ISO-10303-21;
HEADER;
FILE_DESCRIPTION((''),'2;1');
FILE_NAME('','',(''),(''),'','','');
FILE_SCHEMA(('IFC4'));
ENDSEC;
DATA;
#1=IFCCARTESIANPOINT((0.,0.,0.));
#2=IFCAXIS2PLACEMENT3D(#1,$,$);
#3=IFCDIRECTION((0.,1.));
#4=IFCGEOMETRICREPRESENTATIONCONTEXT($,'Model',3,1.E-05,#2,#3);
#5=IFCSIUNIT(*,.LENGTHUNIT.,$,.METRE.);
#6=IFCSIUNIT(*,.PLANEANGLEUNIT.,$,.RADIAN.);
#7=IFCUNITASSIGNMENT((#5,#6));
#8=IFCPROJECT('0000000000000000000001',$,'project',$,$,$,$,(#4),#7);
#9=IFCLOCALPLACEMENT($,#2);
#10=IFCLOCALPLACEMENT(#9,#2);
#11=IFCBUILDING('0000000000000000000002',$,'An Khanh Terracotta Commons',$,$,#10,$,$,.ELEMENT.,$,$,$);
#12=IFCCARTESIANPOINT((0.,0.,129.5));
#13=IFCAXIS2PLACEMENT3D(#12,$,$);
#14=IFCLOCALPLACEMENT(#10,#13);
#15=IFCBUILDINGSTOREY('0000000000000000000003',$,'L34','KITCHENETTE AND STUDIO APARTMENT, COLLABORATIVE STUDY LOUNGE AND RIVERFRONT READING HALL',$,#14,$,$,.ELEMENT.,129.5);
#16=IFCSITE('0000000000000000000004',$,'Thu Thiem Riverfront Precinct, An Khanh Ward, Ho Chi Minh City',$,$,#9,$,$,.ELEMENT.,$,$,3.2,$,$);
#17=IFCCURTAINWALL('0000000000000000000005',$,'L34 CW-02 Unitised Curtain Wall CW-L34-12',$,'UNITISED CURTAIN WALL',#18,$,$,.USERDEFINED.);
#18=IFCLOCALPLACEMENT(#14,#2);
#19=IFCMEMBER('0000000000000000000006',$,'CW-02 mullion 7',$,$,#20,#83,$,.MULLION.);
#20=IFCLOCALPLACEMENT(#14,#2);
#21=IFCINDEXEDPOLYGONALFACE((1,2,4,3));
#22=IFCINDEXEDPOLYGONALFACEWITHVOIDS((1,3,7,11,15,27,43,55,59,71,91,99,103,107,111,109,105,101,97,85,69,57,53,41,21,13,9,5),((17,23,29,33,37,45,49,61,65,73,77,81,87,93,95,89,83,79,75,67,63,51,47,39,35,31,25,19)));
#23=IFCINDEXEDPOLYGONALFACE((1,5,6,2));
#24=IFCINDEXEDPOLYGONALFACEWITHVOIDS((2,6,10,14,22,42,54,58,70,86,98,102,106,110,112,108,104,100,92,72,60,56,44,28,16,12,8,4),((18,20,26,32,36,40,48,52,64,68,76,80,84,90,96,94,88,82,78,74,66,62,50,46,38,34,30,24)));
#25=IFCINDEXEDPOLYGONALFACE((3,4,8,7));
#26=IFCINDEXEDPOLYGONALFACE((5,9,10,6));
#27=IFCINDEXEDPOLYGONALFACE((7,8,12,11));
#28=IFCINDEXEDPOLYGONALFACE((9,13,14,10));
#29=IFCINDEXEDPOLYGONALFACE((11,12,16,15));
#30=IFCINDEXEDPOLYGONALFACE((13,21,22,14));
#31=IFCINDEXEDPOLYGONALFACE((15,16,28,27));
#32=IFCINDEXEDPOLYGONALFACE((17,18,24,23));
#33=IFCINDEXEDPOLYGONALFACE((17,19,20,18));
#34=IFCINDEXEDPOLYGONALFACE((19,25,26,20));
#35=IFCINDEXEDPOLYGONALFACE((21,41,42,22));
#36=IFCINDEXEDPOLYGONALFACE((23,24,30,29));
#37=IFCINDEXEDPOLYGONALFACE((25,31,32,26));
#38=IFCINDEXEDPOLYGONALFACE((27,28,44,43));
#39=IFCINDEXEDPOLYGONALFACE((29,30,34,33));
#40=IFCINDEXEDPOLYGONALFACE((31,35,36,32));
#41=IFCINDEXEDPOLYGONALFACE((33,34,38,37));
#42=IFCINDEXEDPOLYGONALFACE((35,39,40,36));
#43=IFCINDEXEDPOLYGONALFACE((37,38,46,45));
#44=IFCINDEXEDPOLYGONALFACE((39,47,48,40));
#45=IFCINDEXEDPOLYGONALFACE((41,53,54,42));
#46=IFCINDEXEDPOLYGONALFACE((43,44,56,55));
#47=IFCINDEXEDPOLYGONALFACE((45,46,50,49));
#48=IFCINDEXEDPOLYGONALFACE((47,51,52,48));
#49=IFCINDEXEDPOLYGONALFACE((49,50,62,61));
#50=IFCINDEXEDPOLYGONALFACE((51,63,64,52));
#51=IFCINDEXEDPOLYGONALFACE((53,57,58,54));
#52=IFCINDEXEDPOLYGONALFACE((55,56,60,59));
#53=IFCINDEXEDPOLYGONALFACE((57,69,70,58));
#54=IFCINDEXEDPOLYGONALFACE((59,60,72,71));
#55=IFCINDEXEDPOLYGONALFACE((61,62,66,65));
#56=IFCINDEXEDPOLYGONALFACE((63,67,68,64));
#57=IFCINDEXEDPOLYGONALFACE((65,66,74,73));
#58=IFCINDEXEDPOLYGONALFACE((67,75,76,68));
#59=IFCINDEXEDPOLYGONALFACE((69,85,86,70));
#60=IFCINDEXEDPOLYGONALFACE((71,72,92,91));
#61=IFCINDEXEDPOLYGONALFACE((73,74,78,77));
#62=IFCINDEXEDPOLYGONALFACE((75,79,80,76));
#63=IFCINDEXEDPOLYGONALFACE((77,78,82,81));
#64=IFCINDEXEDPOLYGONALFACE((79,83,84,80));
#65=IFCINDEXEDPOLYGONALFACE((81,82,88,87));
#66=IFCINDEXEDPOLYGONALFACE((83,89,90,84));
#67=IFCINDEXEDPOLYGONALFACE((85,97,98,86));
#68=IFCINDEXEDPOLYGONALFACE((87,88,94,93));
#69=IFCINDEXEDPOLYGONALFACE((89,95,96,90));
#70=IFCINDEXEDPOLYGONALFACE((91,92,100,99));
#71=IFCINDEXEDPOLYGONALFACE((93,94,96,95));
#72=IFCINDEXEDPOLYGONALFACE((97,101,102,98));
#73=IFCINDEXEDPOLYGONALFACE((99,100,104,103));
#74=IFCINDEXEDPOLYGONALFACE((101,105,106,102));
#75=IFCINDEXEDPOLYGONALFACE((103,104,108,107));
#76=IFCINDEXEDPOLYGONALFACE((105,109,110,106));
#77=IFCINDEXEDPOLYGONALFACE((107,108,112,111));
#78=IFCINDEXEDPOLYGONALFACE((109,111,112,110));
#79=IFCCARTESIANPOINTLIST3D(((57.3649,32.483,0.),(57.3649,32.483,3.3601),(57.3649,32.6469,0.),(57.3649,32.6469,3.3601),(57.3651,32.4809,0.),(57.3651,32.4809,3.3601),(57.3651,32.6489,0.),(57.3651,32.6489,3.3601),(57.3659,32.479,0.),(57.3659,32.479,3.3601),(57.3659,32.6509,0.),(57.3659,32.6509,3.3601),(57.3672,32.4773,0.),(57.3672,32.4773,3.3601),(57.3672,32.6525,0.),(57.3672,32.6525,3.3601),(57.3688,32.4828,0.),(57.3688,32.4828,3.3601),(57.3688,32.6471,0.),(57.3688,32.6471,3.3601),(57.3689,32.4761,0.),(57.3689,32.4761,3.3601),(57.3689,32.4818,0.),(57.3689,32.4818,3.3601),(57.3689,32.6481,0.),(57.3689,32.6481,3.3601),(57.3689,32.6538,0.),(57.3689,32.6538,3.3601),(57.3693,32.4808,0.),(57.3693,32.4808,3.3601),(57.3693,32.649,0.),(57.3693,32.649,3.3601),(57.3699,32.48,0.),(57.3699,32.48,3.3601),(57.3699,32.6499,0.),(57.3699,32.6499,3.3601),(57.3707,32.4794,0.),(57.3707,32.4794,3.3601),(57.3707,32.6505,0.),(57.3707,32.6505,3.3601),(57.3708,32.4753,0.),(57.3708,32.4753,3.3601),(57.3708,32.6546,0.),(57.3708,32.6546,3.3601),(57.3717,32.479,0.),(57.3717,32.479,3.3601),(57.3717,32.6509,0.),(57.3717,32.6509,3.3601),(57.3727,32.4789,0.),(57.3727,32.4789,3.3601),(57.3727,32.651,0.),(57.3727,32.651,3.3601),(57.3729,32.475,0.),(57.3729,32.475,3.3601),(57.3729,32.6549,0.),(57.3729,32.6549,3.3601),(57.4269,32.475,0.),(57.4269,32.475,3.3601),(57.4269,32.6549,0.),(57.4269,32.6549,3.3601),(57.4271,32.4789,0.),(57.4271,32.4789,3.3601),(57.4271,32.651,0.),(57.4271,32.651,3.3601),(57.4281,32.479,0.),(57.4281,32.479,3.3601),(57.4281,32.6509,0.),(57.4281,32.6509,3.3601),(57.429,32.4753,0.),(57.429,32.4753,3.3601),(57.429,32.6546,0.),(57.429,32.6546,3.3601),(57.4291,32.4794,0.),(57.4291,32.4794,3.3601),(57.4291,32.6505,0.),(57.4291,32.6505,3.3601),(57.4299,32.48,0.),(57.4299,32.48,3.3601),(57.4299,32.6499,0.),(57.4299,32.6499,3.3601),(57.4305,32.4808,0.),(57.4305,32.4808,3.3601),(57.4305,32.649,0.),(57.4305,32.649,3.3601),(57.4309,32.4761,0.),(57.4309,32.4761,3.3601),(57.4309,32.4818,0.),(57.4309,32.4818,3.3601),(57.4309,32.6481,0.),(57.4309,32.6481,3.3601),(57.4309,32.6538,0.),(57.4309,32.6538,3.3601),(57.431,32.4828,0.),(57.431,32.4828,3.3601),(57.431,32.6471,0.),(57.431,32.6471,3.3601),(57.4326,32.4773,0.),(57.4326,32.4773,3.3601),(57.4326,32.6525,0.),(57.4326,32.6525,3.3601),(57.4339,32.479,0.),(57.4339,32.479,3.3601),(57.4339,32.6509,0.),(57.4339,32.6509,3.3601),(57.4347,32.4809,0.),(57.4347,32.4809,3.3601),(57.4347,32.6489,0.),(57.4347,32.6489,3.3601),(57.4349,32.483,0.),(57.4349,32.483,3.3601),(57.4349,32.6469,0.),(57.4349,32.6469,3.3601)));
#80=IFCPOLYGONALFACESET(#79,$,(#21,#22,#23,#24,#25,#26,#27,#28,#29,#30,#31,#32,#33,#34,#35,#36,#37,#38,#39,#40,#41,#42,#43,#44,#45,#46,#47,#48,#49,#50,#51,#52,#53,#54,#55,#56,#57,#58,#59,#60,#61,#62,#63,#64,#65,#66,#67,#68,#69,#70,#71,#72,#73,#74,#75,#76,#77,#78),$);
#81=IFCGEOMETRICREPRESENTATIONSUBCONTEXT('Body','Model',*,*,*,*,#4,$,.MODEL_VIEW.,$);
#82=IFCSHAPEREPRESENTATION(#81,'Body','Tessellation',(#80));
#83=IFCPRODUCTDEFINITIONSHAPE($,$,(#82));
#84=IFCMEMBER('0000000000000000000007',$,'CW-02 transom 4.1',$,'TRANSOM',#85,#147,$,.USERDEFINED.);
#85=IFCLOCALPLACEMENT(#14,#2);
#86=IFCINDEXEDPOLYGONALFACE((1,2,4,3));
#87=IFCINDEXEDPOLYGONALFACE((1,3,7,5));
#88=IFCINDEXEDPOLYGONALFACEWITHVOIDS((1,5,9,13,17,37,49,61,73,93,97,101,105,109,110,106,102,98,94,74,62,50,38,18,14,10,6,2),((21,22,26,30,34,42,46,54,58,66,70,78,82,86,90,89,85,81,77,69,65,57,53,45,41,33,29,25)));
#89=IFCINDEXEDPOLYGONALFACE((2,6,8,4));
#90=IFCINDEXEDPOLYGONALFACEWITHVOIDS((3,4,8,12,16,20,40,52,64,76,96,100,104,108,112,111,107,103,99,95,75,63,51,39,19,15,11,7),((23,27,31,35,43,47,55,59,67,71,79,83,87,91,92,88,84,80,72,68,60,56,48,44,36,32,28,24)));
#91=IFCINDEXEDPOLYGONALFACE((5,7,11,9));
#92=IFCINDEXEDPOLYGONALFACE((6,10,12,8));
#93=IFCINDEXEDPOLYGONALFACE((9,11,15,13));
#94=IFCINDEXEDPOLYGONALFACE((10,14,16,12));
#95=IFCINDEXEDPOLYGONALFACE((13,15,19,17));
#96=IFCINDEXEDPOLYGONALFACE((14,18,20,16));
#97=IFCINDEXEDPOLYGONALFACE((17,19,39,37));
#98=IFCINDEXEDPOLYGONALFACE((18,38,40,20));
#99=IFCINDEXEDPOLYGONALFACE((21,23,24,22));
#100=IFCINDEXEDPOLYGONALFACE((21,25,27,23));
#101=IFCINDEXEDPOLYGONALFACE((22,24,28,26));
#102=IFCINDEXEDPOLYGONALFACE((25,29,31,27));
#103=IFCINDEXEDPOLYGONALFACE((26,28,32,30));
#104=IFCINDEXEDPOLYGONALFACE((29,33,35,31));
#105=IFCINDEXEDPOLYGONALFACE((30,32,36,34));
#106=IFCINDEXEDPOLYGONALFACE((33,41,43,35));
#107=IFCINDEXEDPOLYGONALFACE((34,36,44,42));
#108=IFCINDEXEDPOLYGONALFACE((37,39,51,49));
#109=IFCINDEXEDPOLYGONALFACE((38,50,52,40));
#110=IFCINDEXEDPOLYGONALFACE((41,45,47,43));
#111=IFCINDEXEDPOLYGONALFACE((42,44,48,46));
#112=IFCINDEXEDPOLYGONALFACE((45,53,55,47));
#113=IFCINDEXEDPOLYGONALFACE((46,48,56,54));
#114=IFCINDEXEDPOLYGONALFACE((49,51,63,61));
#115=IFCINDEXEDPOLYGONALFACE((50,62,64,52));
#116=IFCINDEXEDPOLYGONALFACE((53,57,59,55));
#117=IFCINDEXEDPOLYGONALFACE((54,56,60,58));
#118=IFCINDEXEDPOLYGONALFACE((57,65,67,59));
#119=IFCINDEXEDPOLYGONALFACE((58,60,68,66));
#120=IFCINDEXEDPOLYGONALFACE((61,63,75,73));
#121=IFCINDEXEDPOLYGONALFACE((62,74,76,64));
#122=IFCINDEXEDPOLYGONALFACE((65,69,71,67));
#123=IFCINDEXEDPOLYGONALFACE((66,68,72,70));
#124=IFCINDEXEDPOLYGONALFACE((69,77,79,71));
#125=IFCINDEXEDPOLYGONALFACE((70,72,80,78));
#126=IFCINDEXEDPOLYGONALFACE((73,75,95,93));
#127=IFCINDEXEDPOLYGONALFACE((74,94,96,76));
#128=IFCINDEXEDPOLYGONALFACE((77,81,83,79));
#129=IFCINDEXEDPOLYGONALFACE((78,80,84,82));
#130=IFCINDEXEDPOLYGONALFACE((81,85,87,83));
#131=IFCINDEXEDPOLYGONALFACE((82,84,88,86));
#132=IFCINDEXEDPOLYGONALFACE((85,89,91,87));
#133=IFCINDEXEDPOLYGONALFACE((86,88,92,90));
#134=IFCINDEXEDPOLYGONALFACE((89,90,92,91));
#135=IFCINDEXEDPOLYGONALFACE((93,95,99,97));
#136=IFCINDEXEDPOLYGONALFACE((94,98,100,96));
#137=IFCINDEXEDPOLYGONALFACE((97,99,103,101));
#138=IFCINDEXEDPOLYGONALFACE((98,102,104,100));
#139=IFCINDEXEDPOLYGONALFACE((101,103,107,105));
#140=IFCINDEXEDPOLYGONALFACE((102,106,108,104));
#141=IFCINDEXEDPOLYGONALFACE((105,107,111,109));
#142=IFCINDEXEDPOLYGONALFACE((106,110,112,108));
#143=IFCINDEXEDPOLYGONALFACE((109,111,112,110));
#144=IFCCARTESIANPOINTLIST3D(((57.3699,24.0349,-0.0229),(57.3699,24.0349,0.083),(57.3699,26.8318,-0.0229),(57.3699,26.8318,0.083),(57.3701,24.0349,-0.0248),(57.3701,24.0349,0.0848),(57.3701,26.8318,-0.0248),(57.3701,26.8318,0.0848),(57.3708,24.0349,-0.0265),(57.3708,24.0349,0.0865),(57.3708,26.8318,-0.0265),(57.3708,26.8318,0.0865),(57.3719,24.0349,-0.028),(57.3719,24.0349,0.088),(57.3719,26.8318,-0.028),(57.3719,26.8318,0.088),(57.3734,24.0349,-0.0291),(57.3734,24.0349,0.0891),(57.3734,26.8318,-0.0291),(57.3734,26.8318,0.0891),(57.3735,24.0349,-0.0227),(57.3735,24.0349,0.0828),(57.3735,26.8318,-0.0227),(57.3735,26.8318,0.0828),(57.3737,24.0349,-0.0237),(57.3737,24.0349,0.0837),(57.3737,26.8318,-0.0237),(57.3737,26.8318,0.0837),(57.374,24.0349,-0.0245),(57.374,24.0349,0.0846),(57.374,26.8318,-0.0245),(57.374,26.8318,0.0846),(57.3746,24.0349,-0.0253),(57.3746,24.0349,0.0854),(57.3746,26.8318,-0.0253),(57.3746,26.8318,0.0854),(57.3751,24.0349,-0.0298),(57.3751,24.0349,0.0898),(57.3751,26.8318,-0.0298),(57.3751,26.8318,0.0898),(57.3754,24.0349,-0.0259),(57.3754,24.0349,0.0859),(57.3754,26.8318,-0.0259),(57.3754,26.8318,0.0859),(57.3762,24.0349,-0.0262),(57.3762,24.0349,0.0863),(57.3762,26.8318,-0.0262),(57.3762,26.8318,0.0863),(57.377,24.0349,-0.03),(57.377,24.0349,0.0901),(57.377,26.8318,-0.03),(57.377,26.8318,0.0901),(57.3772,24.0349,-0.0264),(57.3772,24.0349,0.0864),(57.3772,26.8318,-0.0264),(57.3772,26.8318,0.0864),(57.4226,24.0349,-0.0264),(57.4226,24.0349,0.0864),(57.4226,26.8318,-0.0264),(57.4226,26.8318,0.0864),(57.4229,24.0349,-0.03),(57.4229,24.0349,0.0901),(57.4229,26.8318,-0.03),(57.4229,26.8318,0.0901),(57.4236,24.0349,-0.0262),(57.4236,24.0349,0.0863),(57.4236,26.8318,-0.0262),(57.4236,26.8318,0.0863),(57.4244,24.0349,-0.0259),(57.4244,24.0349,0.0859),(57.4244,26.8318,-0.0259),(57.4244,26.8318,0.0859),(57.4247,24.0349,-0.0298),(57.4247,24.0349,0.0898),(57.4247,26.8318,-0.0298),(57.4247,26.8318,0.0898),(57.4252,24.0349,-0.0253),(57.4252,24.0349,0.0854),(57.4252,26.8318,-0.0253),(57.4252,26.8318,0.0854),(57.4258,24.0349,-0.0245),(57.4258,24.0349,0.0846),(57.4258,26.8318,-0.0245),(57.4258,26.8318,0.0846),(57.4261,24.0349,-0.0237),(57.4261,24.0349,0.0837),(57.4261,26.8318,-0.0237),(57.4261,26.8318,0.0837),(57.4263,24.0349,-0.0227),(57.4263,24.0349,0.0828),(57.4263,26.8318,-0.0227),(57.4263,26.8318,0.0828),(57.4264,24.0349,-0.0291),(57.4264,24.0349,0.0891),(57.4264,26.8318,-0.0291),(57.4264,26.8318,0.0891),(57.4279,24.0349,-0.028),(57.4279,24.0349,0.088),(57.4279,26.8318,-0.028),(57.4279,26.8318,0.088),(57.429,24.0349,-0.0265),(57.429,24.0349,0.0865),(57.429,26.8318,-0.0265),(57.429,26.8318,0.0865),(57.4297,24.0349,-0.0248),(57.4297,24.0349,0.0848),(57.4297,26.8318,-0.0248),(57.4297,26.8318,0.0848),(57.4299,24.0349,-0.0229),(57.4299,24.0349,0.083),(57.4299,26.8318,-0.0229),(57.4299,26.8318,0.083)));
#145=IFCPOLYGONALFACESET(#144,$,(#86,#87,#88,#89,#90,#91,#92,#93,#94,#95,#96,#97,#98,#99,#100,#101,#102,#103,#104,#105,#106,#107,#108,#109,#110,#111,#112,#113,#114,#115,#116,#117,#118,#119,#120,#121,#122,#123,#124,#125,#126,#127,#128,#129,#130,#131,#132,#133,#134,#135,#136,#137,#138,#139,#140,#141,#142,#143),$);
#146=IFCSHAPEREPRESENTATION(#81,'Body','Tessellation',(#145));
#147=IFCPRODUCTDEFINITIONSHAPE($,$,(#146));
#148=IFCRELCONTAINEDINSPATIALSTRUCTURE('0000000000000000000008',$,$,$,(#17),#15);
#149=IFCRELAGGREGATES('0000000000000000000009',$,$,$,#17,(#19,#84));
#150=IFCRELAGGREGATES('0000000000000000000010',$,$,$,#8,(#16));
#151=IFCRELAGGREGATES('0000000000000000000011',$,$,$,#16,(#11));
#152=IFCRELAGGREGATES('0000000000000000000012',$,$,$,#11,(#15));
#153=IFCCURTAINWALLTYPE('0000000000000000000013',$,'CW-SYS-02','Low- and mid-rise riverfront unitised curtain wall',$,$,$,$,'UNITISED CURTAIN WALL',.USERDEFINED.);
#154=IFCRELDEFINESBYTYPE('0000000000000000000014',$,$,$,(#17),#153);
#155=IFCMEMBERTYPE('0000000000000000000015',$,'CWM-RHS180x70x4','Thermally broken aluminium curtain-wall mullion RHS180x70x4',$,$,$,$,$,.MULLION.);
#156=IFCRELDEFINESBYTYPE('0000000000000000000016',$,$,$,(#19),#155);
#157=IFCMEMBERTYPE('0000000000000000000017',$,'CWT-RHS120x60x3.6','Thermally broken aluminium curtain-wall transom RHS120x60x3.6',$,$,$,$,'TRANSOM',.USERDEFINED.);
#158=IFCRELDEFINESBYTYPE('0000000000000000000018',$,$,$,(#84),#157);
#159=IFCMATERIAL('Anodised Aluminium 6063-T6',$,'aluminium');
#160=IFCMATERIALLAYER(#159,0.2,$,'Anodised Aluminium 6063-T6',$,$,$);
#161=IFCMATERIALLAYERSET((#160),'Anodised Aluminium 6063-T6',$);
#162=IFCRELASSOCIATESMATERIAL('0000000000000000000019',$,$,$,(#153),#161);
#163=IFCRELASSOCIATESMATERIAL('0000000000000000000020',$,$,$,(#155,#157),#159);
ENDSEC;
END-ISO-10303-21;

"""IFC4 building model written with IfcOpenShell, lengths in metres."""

from ifc_helpers import new_model, si_unit, direction, frame, origin, origin_2d, place, context, subcontext, project, spatial, hollow_rectangle, extrude, material, layer, layer_set, material_profile, profile_set, type_object, element, aggregate, save


model = new_model("IFC4")

# Units and contexts
model_context = context("Model", 3, precision=1e-05, world=origin(), true_north=direction((0.0, 1.0)))
body_context = subcontext(model_context, "Body", "Model", "MODEL_VIEW")
ifc_project = project(units=[si_unit("LENGTHUNIT", "METRE"), si_unit("PLANEANGLEUNIT", "RADIAN")], contexts=[model_context])

# Site, building, storey
site_placement = place(None, origin())
site = spatial("IfcSite", under=ifc_project, at=site_placement, Name="Thu Thiem Riverfront Precinct, An Khanh Ward, Ho Chi Minh City", CompositionType="ELEMENT", RefElevation=3.2)
building_placement = place(site_placement, origin())
building = spatial("IfcBuilding", under=site, at=building_placement, Name="An Khanh Terracotta Commons", CompositionType="ELEMENT")
storey_placement = place(building_placement, frame((0.0, 0.0, 129.5)))
storey = spatial("IfcBuildingStorey", under=building, at=storey_placement, Name="L34", Description="KITCHENETTE AND STUDIO APARTMENT, COLLABORATIVE STUDY LOUNGE AND RIVERFRONT READING HALL", CompositionType="ELEMENT", Elevation=129.5)

# Curtain wall, members
ifc_material_1 = material(Name="Anodised Aluminium 6063-T6", Category="aluminium")
ifc_layer_1 = layer(ifc_material_1, 0.2, Name="Anodised Aluminium 6063-T6")
ifc_layer_set_1 = layer_set([ifc_layer_1], Name="Anodised Aluminium 6063-T6")
curtain_wall_type = type_object("IfcCurtainWallType", Name="CW-SYS-02", Description="Low- and mid-rise riverfront unitised curtain wall", ElementType="UNITISED CURTAIN WALL", PredefinedType="USERDEFINED", material=ifc_layer_set_1)
curtain_wall_placement = place(storey_placement, origin())
curtain_wall = element("IfcCurtainWall", 1, at=curtain_wall_placement, inside=storey, type_object=curtain_wall_type, Name="L34 CW-02 Unitised Curtain Wall CW-L34-12", ObjectType="UNITISED CURTAIN WALL", PredefinedType="USERDEFINED")
ifc_material_profile_1 = material_profile(ifc_material_1, hollow_rectangle(XDim=0.0701, YDim=0.1799, WallThickness=0.0039, InnerFilletRadius=0.0039, OuterFilletRadius=0.0081, at=origin_2d()), Name="RHS180x70x4")
ifc_profile_set_1 = profile_set([ifc_material_profile_1], Name="Anodised Aluminium 6063-T6")
member_type_1 = type_object("IfcMemberType", Name="CWM-RHS180x70x4", Description="Thermally broken aluminium curtain-wall mullion RHS180x70x4", PredefinedType="MULLION", material=ifc_profile_set_1)
member_1_placement = place(storey_placement, frame((57.3999, 32.5649, 0.0), z_axis=(0.0, 0.0, 1.0), x_axis=(-1.0, 0.0, 0.0)))
member_1 = element("IfcMember", 2, at=member_1_placement, type_object=member_type_1, Name="CW-02 mullion 7", PredefinedType="MULLION", context=body_context, shape_type="SweptSolid", body=[
    extrude(hollow_rectangle(XDim=0.0701, YDim=0.1799, WallThickness=0.0039, InnerFilletRadius=0.0039, OuterFilletRadius=0.0081, at=origin_2d()), origin(), (0.0, 0.0, 1.0), 3.3601),
])
ifc_material_profile_2 = material_profile(ifc_material_1, hollow_rectangle(XDim=0.0601, YDim=0.1201, WallThickness=0.0037, InnerFilletRadius=0.0037, OuterFilletRadius=0.0071, at=origin_2d()), Name="RHS120x60x3.6")
ifc_profile_set_2 = profile_set([ifc_material_profile_2], Name="Anodised Aluminium 6063-T6")
member_type_2 = type_object("IfcMemberType", Name="CWT-RHS120x60x3.6", Description="Thermally broken aluminium curtain-wall transom RHS120x60x3.6", ElementType="TRANSOM", PredefinedType="USERDEFINED", material=ifc_profile_set_2)
member_2_placement = place(storey_placement, frame((57.3999, 24.0349, 0.03), z_axis=(0.0, 1.0, 0.0), x_axis=(-1.0, 0.0, 0.0)))
member_2 = element("IfcMember", 3, at=member_2_placement, type_object=member_type_2, Name="CW-02 transom 4.1", ObjectType="TRANSOM", PredefinedType="USERDEFINED", context=body_context, shape_type="SweptSolid", body=[
    extrude(hollow_rectangle(XDim=0.0601, YDim=0.1201, WallThickness=0.0037, InnerFilletRadius=0.0037, OuterFilletRadius=0.0071, at=origin_2d()), origin(), (0.0, 0.0, 1.0), 2.7969),
])
aggregate(curtain_wall, [member_1, member_2])

save(model, "model.ifc")
